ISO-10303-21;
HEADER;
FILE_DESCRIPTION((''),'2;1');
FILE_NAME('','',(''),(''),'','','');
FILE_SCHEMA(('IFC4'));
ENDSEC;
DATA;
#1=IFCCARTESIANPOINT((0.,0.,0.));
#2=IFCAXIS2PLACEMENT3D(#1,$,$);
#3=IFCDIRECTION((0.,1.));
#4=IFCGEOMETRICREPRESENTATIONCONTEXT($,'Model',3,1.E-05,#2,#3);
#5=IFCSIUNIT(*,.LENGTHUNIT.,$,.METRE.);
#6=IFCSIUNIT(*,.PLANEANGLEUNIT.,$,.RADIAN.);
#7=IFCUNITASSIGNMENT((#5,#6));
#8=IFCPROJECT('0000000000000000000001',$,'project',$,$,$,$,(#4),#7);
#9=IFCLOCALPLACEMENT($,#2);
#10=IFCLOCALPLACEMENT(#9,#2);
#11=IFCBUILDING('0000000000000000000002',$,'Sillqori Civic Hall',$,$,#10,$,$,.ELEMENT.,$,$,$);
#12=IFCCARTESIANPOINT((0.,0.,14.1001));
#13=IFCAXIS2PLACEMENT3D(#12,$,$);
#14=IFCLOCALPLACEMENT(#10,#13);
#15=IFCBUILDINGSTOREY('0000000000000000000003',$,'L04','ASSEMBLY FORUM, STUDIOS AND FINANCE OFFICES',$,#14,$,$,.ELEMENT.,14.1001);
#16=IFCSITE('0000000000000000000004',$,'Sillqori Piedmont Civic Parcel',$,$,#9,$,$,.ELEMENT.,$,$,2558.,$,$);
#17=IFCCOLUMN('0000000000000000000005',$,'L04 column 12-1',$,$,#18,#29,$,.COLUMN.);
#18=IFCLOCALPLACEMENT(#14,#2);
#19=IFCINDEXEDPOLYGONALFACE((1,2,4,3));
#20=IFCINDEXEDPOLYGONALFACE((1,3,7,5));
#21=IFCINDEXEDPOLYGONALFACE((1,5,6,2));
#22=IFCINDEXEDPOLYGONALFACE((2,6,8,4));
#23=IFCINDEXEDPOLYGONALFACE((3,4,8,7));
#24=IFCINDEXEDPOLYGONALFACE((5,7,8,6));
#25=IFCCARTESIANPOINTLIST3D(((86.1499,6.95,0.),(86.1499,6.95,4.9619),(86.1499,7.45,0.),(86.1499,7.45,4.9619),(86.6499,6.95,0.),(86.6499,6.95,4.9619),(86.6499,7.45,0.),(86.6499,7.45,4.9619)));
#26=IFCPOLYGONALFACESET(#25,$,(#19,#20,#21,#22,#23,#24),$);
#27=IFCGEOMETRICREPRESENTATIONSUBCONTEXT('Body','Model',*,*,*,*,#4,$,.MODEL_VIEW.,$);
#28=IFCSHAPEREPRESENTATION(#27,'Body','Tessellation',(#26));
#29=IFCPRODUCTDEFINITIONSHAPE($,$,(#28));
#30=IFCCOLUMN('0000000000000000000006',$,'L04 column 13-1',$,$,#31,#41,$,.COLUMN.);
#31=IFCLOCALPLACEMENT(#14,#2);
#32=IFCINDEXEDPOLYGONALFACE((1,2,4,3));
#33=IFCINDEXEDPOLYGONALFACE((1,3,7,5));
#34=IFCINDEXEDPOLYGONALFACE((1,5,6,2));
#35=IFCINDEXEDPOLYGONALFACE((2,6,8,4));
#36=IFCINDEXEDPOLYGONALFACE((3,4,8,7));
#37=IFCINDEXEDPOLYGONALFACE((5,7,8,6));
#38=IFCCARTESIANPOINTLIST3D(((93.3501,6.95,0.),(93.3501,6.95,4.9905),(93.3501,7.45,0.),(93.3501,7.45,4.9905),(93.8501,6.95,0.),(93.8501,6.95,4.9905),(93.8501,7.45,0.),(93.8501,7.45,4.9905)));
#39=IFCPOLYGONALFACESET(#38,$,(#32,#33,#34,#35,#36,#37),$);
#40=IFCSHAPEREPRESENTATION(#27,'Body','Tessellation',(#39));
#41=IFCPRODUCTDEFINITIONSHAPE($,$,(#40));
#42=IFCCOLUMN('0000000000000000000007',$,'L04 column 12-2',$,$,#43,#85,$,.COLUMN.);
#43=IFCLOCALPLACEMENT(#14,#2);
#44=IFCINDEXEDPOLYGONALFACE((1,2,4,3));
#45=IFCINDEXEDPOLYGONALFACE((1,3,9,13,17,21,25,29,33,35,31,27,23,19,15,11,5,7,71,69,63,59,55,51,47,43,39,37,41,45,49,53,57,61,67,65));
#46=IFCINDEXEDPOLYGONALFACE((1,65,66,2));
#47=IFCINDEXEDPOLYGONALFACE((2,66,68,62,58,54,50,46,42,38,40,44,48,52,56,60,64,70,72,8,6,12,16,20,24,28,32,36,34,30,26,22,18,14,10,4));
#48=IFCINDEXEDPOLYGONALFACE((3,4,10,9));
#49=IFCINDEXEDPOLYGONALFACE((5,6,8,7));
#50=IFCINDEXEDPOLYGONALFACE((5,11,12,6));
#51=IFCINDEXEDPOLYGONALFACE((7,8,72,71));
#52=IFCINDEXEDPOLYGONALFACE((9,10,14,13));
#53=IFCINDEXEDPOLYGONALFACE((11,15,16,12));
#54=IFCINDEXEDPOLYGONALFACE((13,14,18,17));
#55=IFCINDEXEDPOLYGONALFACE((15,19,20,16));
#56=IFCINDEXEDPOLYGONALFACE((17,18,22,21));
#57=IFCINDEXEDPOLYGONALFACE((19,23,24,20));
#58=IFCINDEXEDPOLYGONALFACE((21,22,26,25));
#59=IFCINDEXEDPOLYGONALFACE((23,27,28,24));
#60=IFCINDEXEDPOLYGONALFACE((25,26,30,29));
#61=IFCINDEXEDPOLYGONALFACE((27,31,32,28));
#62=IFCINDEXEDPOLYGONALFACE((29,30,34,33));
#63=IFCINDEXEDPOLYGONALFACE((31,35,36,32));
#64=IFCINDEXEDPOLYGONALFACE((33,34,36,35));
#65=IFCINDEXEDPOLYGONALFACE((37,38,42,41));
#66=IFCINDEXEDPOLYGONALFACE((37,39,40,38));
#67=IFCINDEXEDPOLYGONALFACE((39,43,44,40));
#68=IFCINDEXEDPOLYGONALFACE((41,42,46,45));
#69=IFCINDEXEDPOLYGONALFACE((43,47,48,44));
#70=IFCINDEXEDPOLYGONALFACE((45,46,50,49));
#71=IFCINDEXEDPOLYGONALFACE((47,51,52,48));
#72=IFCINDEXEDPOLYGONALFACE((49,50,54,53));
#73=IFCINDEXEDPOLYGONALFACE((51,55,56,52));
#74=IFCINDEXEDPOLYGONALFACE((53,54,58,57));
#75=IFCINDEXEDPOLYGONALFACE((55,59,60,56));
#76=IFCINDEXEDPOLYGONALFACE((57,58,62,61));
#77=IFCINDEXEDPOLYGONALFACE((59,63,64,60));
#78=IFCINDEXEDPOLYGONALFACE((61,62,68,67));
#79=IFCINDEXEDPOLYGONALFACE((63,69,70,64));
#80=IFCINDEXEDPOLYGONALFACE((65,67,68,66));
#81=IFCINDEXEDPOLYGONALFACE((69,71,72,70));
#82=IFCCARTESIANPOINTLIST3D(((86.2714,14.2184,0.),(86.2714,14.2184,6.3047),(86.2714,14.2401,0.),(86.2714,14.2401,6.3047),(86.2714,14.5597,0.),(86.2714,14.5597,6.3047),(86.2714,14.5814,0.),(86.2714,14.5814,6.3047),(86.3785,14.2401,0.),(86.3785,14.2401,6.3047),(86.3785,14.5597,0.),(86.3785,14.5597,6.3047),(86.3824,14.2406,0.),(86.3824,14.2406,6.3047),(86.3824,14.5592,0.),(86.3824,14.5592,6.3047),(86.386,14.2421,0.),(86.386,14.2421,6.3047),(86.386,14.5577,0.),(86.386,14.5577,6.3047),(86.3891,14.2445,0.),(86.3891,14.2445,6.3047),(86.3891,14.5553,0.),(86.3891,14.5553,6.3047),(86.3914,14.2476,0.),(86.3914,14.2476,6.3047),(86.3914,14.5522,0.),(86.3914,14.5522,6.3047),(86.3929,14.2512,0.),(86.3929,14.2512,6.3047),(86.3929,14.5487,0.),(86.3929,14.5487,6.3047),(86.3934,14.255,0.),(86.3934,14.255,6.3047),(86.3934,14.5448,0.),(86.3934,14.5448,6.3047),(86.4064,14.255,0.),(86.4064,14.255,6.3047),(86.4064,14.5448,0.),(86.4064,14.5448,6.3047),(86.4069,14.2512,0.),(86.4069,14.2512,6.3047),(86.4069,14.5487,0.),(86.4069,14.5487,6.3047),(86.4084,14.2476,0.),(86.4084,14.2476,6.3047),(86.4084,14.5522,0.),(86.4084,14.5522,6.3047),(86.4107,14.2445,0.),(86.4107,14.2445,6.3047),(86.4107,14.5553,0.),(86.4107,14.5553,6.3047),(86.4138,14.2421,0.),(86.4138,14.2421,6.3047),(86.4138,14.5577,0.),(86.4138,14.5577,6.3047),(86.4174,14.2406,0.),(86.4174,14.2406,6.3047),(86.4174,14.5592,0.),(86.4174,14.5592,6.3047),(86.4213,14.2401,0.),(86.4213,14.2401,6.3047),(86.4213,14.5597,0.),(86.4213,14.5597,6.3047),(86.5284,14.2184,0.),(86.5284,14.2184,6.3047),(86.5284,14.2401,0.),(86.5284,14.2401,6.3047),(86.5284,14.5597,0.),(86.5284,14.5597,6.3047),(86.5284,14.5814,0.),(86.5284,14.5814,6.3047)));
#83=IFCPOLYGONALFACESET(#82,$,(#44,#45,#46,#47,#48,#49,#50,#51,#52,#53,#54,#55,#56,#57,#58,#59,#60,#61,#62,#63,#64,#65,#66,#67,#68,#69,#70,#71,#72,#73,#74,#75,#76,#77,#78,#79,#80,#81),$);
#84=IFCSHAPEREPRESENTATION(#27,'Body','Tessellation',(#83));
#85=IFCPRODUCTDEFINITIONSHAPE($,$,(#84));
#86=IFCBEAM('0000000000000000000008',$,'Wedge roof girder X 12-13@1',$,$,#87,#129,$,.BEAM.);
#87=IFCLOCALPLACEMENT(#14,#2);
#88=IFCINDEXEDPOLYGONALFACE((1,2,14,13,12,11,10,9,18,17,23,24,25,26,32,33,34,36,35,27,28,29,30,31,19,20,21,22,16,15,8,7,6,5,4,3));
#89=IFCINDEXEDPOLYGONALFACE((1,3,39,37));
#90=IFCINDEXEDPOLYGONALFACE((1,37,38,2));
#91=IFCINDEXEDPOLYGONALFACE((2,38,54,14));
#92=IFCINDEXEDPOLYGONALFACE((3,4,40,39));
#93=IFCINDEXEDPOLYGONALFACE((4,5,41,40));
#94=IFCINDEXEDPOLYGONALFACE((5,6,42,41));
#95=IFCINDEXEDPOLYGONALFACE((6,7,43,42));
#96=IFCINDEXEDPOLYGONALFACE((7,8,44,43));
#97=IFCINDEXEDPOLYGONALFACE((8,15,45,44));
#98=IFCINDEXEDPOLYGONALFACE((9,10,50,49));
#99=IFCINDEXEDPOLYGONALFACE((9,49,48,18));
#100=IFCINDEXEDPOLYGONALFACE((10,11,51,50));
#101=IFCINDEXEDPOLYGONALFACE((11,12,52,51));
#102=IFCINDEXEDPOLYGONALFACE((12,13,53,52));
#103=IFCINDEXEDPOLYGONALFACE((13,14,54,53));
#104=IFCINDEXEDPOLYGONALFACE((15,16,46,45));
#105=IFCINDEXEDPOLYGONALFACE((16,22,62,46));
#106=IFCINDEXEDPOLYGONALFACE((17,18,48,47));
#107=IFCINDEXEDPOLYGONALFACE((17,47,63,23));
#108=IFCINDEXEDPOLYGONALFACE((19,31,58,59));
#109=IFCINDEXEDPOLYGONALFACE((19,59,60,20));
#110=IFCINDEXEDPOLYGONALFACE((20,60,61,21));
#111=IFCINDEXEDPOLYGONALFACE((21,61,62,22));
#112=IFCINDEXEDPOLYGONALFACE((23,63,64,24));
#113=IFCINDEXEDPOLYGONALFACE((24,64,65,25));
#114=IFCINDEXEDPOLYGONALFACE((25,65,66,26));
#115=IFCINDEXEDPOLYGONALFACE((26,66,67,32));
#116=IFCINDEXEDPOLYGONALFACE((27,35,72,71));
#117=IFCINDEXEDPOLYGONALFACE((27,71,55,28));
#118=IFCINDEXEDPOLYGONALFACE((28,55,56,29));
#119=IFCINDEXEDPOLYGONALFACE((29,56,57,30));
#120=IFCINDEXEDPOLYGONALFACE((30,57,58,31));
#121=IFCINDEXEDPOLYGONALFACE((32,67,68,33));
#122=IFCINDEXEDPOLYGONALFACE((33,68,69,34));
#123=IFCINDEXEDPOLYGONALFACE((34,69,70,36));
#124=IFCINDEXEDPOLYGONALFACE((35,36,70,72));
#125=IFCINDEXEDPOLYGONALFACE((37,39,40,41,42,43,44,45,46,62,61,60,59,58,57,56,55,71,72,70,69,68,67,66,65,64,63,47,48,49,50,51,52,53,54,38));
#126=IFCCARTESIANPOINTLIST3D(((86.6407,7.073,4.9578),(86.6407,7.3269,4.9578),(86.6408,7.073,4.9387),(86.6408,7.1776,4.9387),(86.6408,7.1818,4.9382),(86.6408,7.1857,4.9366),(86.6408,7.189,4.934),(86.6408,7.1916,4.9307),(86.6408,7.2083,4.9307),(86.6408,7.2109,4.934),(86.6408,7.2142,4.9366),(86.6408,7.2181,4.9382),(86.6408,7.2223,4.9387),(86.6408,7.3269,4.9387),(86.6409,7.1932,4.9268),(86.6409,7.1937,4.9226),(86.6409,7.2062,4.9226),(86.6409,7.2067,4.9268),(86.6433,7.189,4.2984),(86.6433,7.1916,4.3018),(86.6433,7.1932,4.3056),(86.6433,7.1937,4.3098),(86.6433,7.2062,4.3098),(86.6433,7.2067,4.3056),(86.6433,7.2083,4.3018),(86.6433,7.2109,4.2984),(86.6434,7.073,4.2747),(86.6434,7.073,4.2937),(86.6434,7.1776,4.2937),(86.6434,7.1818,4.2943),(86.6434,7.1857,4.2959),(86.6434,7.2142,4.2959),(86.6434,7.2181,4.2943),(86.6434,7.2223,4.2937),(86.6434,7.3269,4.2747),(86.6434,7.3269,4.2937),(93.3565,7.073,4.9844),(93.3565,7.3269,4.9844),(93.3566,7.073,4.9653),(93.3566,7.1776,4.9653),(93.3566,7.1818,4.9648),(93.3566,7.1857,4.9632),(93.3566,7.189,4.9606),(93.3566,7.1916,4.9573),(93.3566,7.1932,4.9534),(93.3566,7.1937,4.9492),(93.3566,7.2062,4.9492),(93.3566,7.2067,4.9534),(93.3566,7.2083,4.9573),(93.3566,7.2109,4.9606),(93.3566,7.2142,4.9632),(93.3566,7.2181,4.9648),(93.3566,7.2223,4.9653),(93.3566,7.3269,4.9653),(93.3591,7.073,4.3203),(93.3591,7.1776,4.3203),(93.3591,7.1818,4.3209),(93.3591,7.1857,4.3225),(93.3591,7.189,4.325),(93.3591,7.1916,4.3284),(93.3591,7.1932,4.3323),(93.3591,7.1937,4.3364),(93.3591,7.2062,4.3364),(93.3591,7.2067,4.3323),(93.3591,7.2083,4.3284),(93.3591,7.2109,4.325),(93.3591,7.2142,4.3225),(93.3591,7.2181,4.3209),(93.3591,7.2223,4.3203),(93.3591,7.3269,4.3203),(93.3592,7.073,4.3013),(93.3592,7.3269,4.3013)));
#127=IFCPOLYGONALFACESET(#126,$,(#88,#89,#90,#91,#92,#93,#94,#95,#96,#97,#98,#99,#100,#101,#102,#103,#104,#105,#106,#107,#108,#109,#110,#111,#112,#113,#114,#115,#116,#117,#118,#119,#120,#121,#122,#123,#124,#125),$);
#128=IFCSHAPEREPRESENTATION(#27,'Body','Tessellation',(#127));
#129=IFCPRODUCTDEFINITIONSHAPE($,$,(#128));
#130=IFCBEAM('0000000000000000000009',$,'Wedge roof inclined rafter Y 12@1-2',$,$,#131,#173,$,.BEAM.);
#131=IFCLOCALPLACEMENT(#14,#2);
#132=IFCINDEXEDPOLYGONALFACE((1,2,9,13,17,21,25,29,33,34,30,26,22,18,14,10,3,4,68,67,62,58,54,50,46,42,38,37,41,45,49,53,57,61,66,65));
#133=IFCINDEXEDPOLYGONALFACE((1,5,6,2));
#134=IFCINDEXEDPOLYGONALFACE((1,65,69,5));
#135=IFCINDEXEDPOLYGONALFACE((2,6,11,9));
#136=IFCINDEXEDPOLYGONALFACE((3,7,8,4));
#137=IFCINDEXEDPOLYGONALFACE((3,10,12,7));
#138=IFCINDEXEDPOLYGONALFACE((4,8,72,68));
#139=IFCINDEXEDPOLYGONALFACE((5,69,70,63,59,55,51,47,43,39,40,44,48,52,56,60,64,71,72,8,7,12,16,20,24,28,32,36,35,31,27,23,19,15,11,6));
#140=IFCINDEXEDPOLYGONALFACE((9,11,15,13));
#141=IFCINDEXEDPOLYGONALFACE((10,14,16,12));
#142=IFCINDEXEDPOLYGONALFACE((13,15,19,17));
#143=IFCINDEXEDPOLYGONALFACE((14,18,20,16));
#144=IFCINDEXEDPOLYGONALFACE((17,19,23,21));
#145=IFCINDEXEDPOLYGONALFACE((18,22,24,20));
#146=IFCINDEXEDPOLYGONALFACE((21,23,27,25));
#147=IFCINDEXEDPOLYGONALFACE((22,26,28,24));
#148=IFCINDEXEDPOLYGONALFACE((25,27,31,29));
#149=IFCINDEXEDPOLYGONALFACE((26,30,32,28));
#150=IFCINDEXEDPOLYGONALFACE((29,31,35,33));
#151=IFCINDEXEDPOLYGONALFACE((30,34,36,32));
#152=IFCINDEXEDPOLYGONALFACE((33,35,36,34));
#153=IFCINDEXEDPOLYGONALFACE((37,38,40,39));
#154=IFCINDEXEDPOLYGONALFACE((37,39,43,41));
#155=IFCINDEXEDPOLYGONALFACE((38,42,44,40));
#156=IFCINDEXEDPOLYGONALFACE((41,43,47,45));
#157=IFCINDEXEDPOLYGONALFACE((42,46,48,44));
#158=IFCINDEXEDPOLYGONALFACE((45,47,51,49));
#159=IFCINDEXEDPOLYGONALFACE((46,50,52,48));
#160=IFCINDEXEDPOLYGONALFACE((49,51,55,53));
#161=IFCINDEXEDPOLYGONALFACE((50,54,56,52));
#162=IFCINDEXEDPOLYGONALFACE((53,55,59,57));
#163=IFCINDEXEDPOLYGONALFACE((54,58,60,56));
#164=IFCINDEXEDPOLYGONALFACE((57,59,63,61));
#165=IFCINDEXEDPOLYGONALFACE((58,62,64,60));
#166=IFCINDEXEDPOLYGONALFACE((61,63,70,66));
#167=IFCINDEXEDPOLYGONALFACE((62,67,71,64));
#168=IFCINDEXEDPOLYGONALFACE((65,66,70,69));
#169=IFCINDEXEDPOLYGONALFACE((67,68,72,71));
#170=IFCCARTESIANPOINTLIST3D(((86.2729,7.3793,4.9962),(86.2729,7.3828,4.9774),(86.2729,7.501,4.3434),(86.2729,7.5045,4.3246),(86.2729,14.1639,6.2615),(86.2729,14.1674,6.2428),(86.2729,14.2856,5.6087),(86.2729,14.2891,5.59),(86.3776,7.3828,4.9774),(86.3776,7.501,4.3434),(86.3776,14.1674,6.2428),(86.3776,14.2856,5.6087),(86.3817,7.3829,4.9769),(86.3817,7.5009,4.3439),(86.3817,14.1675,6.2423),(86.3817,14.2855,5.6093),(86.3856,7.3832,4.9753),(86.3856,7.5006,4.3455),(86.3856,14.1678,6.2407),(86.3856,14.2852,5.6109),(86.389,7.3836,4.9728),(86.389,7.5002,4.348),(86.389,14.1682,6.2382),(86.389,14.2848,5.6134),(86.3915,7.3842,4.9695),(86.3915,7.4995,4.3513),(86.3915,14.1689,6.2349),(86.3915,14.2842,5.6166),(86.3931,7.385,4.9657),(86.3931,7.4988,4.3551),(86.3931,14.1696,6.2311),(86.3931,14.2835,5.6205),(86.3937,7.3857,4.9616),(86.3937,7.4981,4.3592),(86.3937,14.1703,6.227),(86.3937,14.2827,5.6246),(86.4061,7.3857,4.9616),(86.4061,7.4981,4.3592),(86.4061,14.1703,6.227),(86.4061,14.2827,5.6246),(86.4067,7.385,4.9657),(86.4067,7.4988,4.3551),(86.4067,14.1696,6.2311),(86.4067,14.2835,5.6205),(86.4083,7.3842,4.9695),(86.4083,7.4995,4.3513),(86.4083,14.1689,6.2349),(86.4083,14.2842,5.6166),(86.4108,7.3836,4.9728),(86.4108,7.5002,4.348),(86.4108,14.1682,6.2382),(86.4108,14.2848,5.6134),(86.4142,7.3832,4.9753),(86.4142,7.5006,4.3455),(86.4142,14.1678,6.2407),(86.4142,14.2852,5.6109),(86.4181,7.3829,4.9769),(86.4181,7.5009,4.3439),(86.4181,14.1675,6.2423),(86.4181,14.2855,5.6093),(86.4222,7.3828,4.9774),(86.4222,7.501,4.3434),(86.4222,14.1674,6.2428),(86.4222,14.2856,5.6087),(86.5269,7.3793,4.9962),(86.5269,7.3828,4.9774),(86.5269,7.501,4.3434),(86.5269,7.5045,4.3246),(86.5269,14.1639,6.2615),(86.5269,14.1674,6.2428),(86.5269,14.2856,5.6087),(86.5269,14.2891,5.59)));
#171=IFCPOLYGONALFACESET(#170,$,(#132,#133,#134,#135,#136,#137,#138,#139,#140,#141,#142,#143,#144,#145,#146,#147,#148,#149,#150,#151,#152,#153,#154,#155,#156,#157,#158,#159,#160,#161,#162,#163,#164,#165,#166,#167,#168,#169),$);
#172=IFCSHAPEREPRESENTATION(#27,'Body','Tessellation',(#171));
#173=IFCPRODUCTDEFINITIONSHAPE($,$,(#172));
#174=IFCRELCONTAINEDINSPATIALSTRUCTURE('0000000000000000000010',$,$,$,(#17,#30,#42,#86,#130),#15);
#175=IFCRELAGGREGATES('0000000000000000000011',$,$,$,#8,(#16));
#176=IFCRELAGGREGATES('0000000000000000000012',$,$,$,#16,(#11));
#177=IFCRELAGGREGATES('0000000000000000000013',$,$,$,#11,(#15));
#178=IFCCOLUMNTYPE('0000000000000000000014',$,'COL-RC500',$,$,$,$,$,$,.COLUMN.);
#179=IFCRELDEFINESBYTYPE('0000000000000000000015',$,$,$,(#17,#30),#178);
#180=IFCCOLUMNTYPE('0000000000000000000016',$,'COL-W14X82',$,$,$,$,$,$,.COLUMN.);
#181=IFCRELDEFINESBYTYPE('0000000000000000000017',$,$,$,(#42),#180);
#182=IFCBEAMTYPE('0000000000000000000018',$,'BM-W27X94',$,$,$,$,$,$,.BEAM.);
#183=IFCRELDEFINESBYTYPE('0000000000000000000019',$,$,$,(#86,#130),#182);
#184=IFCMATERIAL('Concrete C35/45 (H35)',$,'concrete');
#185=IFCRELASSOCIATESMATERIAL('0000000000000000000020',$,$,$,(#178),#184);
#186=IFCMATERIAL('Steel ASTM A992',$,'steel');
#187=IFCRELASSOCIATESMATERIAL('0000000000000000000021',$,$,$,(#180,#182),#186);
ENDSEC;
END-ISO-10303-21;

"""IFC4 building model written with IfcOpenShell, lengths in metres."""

from ifc_helpers import new_model, si_unit, direction, frame, origin, origin_2d, place, context, subcontext, project, spatial, rectangle, i_section, extrude, material, material_profile, profile_set, type_object, element, save


model = new_model("IFC4")

# Units and contexts
model_context = context("Model", 3, precision=1e-05, world=origin(), true_north=direction((0.0, 1.0)))
body_context = subcontext(model_context, "Body", "Model", "MODEL_VIEW")
ifc_project = project(units=[si_unit("LENGTHUNIT", "METRE"), si_unit("PLANEANGLEUNIT", "RADIAN")], contexts=[model_context])

# Site, building, storey
site_placement = place(None, origin())
site = spatial("IfcSite", under=ifc_project, at=site_placement, Name="Sillqori Piedmont Civic Parcel", CompositionType="ELEMENT", RefElevation=2558.0)
building_placement = place(site_placement, origin())
building = spatial("IfcBuilding", under=site, at=building_placement, Name="Sillqori Civic Hall", CompositionType="ELEMENT")
storey_placement = place(building_placement, frame((0.0, 0.0, 14.1001)))
storey = spatial("IfcBuildingStorey", under=building, at=storey_placement, Name="L04", Description="ASSEMBLY FORUM, STUDIOS AND FINANCE OFFICES", CompositionType="ELEMENT", Elevation=14.1001)

# Columns
ifc_material_1 = material(Name="Concrete C35/45 (H35)", Category="concrete")
ifc_material_profile_1 = material_profile(ifc_material_1, rectangle(XDim=0.5, YDim=0.5, at=origin_2d()), Name="RC 500x500")
ifc_profile_set_1 = profile_set([ifc_material_profile_1], Name="Concrete C35/45 (H35)")
column_type_1 = type_object("IfcColumnType", Name="COL-RC500", PredefinedType="COLUMN", material=ifc_profile_set_1)
column_1_placement = place(storey_placement, frame((86.3999, 7.2, 0.0), z_axis=(0.0, 0.0, 1.0), x_axis=(1.0, 0.0, 0.0)))
element("IfcColumn", 1, at=column_1_placement, inside=storey, type_object=column_type_1, Name="L04 column 12-1", PredefinedType="COLUMN", context=body_context, shape_type="SweptSolid", body=[
    extrude(rectangle(XDim=0.5, YDim=0.5, at=origin_2d()), origin(), (0.0, 0.0, 1.0), 4.9619),
])
column_2_placement = place(storey_placement, frame((93.6001, 7.2, 0.0), z_axis=(0.0, 0.0, 1.0), x_axis=(1.0, 0.0, 0.0)))
element("IfcColumn", 2, at=column_2_placement, inside=storey, type_object=column_type_1, Name="L04 column 13-1", PredefinedType="COLUMN", context=body_context, shape_type="SweptSolid", body=[
    extrude(rectangle(XDim=0.5, YDim=0.5, at=origin_2d()), origin(), (0.0, 0.0, 1.0), 4.9905),
])
ifc_material_2 = material(Name="Steel ASTM A992", Category="steel")
ifc_material_profile_2 = material_profile(ifc_material_2, i_section(OverallWidth=0.2571, OverallDepth=0.363, WebThickness=0.0129, FlangeThickness=0.0217, FilletRadius=0.0149, at=origin_2d()), Name="W14X82")
ifc_profile_set_2 = profile_set([ifc_material_profile_2], Name="Steel ASTM A992")
column_type_2 = type_object("IfcColumnType", Name="COL-W14X82", PredefinedType="COLUMN", material=ifc_profile_set_2)
column_3_placement = place(storey_placement, frame((86.3999, 14.3999, 0.0), z_axis=(0.0, 0.0, 1.0), x_axis=(1.0, 0.0, 0.0)))
element("IfcColumn", 3, at=column_3_placement, inside=storey, type_object=column_type_2, Name="L04 column 12-2", PredefinedType="COLUMN", context=body_context, shape_type="SweptSolid", body=[
    extrude(i_section(OverallWidth=0.2571, OverallDepth=0.363, WebThickness=0.0129, FlangeThickness=0.0217, FilletRadius=0.0149, at=origin_2d()), origin(), (0.0, 0.0, 1.0), 6.3047),
])

# Beams
ifc_material_profile_3 = material_profile(ifc_material_2, i_section(OverallWidth=0.2539, OverallDepth=0.6831, WebThickness=0.0125, FlangeThickness=0.019, FilletRadius=0.0161, at=origin_2d()), Name="W27X94")
ifc_profile_set_3 = profile_set([ifc_material_profile_3], Name="Steel ASTM A992")
beam_type_1 = type_object("IfcBeamType", Name="BM-W27X94", PredefinedType="BEAM", material=ifc_profile_set_3)
beam_placement = place(storey_placement, frame((86.6421, 7.2, 4.6162), z_axis=(0.999992, 0.0, 0.003962), x_axis=(0.0, 1.0, 0.0)))
element("IfcBeam", 4, at=beam_placement, inside=storey, type_object=beam_type_1, Name="Wedge roof girder X 12-13@1", PredefinedType="BEAM", context=body_context, shape_type="SweptSolid", body=[
    extrude(i_section(OverallWidth=0.2539, OverallDepth=0.6831, WebThickness=0.0125, FlangeThickness=0.019, FilletRadius=0.0161, at=origin_2d()), origin(), (0.0, 0.0, 1.0), 6.7158),
])
for number, where, z_axis, x_axis, name in (
    (5, (86.3999, 7.4419, 4.6604), (0.0, 0.983049, 0.183344), (-1.0, 0.0, 0.0), "Wedge roof inclined rafter Y 12@1-2"),
):
    element("IfcBeam", number, at=place(storey_placement, frame(where, z_axis=z_axis, x_axis=x_axis)), inside=storey, type_object=beam_type_1, Name=name, PredefinedType="BEAM", context=body_context, shape_type="SweptSolid", body=[
        extrude(i_section(OverallWidth=0.2539, OverallDepth=0.6831, WebThickness=0.0125, FlangeThickness=0.019, FilletRadius=0.0161, at=origin_2d()), origin(), (0.0, 0.0, 1.0), 6.9016),
    ])

save(model, "model.ifc")
